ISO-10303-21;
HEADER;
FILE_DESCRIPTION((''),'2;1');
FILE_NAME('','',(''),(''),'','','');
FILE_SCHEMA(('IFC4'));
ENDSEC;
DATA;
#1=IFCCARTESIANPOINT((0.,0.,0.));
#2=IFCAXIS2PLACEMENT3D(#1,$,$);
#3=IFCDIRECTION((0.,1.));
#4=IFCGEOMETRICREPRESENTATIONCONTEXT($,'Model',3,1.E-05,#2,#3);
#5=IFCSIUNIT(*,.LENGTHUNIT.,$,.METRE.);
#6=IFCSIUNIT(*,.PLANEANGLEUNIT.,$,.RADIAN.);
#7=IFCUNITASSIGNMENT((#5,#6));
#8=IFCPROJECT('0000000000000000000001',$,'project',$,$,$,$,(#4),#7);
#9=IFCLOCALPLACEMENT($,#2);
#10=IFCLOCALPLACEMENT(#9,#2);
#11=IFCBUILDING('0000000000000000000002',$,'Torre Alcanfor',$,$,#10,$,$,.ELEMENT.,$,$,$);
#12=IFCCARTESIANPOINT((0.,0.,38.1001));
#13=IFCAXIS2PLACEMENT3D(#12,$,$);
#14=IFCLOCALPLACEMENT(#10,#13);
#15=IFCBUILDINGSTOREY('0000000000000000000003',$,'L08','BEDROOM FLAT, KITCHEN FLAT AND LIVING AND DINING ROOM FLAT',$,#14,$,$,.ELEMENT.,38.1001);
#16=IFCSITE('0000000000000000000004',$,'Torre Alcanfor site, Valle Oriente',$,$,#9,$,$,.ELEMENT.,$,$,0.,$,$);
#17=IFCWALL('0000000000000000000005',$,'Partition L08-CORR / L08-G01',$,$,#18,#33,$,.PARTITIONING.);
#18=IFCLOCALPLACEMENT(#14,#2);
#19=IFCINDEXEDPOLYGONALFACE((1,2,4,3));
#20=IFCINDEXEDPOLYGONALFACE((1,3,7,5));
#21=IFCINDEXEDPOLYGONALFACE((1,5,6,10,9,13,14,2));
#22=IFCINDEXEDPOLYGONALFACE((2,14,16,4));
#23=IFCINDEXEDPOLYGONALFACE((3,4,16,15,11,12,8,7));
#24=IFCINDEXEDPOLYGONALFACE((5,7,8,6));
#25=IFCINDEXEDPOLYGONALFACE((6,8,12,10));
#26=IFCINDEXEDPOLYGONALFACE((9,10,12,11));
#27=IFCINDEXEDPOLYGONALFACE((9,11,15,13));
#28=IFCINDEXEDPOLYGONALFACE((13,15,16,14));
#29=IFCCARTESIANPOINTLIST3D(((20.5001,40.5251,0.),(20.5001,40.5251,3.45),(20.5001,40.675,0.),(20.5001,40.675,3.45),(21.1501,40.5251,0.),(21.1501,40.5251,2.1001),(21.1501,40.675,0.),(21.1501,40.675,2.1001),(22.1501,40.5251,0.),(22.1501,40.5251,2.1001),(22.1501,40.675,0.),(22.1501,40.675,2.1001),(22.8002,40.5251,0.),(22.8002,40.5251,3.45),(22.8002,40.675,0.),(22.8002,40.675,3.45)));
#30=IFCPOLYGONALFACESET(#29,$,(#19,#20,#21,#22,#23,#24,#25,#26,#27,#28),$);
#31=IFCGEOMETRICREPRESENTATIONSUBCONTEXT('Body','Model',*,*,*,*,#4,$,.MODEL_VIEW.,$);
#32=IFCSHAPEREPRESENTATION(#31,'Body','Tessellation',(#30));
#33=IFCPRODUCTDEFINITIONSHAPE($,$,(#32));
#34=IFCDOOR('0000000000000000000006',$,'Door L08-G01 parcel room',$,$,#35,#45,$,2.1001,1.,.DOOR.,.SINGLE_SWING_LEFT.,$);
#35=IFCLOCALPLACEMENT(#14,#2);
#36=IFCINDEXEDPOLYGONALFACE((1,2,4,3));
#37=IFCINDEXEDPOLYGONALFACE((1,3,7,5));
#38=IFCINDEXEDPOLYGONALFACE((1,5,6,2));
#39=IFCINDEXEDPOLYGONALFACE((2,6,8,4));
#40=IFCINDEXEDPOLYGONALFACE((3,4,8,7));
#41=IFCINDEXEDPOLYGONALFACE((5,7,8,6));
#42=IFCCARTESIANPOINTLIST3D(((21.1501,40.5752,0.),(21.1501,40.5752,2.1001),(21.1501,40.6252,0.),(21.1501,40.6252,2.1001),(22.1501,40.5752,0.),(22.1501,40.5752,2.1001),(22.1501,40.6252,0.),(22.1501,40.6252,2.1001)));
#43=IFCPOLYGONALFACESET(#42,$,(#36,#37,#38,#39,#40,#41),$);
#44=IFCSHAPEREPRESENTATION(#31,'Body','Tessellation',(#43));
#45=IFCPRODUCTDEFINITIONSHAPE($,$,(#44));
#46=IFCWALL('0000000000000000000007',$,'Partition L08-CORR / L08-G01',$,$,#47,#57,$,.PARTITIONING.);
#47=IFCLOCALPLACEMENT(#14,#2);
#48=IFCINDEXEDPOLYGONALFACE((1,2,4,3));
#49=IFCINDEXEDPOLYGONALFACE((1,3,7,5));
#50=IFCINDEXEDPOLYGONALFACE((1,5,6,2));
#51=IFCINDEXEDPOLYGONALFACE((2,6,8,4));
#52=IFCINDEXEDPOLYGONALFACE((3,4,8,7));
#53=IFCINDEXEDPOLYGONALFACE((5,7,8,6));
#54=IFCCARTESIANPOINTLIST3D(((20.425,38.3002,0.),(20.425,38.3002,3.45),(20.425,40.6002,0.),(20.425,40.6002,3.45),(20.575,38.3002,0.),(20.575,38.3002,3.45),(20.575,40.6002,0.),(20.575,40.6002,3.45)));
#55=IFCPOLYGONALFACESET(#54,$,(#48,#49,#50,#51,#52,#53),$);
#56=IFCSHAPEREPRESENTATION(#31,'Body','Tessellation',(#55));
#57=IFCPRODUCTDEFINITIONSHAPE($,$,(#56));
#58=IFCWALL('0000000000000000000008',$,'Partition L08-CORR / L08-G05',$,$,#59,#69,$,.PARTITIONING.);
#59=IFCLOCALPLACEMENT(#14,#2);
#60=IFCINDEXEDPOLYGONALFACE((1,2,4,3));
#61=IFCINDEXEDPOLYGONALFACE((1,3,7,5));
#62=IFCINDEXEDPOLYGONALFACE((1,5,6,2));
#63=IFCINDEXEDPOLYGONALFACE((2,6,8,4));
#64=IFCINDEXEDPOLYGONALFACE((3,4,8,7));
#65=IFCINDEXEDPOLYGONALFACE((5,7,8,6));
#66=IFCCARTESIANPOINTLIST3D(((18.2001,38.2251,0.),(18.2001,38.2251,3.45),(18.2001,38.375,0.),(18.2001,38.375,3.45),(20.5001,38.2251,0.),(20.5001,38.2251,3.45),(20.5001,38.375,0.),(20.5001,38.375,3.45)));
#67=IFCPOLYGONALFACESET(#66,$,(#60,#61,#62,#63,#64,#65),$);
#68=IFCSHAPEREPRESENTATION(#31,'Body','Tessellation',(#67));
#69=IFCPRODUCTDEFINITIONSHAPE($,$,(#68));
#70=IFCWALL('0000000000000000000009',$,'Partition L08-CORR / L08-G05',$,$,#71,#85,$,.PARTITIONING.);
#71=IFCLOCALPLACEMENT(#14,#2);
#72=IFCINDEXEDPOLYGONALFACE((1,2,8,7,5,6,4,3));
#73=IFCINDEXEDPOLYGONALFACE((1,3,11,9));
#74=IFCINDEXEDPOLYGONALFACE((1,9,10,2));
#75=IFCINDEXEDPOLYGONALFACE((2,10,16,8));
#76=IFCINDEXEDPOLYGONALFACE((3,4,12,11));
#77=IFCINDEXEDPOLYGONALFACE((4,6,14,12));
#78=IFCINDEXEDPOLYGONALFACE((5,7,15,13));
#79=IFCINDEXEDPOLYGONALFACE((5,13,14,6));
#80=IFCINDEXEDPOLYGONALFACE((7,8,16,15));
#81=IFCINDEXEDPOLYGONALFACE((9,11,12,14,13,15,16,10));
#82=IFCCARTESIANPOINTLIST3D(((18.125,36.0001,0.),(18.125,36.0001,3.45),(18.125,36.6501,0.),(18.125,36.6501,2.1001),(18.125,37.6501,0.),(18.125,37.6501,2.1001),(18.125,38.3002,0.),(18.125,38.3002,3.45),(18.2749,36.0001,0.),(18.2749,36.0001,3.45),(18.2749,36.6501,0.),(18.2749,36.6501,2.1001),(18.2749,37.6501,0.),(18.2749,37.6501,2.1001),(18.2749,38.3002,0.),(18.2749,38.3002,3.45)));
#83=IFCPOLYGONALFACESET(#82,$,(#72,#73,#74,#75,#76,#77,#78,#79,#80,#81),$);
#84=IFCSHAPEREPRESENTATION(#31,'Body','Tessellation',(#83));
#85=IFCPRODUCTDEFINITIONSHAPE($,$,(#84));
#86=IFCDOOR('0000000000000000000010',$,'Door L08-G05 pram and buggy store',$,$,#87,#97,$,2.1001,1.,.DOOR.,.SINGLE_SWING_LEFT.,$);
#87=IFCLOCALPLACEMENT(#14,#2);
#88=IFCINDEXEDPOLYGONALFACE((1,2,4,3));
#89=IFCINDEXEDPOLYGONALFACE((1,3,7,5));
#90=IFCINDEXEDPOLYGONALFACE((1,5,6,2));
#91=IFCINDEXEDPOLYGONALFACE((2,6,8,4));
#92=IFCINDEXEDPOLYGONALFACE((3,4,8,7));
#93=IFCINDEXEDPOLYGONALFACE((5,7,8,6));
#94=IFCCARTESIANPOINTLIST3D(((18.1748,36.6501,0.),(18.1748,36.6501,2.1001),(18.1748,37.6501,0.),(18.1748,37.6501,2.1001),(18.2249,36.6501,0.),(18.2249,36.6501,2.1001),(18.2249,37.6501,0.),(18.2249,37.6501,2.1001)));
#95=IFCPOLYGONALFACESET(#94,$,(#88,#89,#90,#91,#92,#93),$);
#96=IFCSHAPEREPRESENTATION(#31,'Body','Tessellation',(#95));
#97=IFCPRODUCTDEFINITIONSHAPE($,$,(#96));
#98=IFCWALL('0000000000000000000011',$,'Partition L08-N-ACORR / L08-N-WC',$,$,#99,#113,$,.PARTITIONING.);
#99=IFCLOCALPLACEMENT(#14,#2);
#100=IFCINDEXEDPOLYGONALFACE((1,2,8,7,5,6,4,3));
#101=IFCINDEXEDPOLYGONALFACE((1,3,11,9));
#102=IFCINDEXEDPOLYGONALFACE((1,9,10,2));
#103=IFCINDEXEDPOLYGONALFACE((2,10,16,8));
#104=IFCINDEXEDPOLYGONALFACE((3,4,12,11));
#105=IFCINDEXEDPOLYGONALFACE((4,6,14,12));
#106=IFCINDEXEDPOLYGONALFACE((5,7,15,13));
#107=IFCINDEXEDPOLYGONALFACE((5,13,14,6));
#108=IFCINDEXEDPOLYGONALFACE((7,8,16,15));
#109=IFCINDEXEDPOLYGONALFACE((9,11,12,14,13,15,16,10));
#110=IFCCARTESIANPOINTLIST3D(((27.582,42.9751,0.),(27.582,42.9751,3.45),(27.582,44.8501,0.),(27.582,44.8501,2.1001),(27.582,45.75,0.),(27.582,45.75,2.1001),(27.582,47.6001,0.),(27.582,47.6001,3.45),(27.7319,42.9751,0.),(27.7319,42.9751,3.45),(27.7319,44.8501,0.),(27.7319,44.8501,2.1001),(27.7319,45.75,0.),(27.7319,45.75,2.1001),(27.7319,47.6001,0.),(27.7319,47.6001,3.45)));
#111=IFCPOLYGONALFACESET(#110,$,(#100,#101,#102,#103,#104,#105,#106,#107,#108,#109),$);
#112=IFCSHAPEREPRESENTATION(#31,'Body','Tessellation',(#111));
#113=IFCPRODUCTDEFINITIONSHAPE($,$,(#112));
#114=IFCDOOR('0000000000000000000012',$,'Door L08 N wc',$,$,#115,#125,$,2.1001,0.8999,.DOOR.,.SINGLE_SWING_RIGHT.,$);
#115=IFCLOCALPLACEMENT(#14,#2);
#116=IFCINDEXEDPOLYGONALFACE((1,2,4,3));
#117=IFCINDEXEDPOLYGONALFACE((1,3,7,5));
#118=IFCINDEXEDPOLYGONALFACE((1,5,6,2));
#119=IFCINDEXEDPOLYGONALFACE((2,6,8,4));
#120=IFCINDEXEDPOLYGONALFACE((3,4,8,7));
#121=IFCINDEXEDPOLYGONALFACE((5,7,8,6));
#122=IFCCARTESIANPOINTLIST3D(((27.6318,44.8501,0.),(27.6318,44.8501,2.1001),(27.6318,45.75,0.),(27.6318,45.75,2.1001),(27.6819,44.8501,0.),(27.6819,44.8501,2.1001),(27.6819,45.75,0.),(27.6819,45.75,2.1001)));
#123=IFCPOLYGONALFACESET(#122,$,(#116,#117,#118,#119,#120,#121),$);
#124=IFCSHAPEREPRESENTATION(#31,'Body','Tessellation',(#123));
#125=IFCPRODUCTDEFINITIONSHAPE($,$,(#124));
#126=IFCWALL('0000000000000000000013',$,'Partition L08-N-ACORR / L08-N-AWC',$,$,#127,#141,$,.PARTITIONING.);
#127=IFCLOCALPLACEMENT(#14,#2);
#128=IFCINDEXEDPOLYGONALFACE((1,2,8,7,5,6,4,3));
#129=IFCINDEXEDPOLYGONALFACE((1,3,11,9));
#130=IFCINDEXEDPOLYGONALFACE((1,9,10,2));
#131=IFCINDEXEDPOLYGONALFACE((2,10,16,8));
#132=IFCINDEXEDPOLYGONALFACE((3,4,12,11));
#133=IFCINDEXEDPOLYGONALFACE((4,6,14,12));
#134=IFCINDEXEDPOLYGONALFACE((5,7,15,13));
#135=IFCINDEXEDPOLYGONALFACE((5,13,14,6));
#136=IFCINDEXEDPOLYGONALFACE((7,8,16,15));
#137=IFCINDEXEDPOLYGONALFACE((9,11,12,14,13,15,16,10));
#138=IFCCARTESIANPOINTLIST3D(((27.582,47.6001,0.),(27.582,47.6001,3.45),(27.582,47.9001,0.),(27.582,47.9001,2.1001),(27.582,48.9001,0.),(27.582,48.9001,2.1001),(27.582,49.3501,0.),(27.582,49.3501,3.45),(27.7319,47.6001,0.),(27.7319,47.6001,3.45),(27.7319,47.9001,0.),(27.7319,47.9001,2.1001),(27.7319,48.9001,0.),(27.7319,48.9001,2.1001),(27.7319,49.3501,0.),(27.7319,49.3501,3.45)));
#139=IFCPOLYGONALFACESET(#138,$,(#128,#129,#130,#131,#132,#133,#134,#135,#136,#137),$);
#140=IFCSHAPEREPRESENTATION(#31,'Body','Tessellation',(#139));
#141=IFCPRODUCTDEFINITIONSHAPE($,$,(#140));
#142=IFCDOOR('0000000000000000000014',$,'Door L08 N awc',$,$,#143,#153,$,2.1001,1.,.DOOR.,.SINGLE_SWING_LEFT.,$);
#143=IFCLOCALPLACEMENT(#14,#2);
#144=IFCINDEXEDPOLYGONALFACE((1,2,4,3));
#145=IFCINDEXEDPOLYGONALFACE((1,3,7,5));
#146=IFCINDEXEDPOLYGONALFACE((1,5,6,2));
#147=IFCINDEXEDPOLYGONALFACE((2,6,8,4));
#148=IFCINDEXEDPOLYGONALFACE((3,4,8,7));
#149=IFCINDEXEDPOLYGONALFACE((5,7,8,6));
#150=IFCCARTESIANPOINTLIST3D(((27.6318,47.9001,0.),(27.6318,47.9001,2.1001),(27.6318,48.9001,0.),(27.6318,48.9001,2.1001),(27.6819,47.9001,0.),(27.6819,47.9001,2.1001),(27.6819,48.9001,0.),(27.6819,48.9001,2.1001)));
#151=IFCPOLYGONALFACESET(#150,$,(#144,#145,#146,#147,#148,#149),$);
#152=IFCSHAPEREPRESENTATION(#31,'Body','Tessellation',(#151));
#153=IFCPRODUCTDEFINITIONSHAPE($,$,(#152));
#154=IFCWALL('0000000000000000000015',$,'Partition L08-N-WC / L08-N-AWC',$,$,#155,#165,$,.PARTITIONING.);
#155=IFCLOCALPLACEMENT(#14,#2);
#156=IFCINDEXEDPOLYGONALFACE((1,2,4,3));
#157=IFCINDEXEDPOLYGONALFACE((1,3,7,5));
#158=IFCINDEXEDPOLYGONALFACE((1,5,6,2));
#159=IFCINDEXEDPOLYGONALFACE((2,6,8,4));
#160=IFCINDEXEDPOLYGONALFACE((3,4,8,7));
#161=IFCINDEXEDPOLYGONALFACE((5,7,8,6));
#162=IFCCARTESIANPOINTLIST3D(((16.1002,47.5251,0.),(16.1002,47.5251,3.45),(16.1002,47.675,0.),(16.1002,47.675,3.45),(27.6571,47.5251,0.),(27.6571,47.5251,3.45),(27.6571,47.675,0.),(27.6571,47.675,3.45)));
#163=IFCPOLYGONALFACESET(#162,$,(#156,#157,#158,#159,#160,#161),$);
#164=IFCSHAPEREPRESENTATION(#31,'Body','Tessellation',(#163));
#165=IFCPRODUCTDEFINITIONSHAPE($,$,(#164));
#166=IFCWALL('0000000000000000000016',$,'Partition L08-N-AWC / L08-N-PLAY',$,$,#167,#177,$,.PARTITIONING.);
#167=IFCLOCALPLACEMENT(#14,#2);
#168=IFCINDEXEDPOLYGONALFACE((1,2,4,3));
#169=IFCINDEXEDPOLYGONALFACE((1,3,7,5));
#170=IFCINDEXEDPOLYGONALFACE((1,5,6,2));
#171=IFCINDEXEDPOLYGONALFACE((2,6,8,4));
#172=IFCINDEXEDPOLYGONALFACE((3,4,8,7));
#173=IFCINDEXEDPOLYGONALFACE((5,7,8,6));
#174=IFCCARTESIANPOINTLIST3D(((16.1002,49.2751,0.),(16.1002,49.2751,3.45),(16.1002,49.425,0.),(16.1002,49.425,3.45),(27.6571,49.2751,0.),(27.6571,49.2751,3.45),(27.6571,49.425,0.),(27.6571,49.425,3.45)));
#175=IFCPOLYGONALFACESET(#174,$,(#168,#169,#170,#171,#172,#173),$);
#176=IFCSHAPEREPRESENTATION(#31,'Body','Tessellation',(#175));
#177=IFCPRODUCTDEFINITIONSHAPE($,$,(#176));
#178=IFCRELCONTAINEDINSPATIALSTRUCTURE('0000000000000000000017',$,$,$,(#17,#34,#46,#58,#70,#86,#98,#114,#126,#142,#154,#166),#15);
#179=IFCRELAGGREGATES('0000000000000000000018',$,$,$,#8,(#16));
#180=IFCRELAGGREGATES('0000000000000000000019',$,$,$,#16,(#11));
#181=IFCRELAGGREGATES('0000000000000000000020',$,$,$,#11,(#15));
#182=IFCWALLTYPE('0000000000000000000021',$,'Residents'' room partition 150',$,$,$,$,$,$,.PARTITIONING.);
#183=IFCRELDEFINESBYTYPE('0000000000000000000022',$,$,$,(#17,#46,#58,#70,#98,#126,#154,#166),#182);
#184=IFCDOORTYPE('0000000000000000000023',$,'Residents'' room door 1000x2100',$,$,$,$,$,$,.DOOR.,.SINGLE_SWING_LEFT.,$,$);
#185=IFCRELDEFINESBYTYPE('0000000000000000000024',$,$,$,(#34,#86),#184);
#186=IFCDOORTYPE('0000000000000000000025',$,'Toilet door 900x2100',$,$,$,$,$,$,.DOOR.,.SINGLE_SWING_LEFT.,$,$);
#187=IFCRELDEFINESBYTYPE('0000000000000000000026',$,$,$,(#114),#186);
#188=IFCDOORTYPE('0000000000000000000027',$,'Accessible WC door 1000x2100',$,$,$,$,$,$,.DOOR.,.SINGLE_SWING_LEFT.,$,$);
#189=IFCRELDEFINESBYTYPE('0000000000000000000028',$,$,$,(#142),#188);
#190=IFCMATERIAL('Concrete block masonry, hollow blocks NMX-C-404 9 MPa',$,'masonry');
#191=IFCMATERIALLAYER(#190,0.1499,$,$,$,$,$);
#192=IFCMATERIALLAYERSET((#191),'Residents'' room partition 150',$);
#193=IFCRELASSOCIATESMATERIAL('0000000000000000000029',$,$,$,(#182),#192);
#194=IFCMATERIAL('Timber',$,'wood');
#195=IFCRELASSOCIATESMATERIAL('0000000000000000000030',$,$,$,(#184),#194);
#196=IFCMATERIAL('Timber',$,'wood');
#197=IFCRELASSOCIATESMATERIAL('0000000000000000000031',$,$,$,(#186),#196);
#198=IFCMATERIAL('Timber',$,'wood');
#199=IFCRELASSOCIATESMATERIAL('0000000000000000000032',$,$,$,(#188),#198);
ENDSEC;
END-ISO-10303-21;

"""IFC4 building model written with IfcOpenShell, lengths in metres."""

from ifc_helpers import new_model, si_unit, direction, frame, frame_2d, origin, place, context, subcontext, project, spatial, rectangle, extrude, material, layer, layer_set, type_object, element, fill, save


model = new_model("IFC4")

# Units and contexts
model_context = context("Model", 3, precision=1e-05, world=origin(), true_north=direction((0.0, 1.0)))
body_context = subcontext(model_context, "Body", "Model", "MODEL_VIEW")
ifc_project = project(units=[si_unit("LENGTHUNIT", "METRE"), si_unit("PLANEANGLEUNIT", "RADIAN")], contexts=[model_context])

# Site, building, storey
site_placement = place(None, origin())
site = spatial("IfcSite", under=ifc_project, at=site_placement, Name="Torre Alcanfor site, Valle Oriente", CompositionType="ELEMENT", RefElevation=0.0)
building_placement = place(site_placement, origin())
building = spatial("IfcBuilding", under=site, at=building_placement, Name="Torre Alcanfor", CompositionType="ELEMENT")
storey_placement = place(building_placement, frame((0.0, 0.0, 38.1001)))
storey = spatial("IfcBuildingStorey", under=building, at=storey_placement, Name="L08", Description="BEDROOM FLAT, KITCHEN FLAT AND LIVING AND DINING ROOM FLAT", CompositionType="ELEMENT", Elevation=38.1001)

# Shared definitions
ifc_material_1 = material(Name="Concrete block masonry, hollow blocks NMX-C-404 9 MPa", Category="masonry")
ifc_layer = layer(ifc_material_1, 0.1499)
ifc_layer_set = layer_set([ifc_layer], Name="Residents' room partition 150")
wall_type = type_object("IfcWallType", Name="Residents' room partition 150", PredefinedType="PARTITIONING", material=ifc_layer_set)

# Wall, opening, door
wall_1_placement = place(storey_placement, frame((22.8, 40.6001, 0.0), z_axis=(0.0, 0.0, 1.0), x_axis=(-1.0, 0.0, 0.0)))
wall_1 = element("IfcWall", 1, at=wall_1_placement, inside=storey, type_object=wall_type, Name="Partition L08-CORR / L08-G01", PredefinedType="PARTITIONING", context=body_context, shape_type="SweptSolid", body=[
    extrude(rectangle(XDim=2.3, YDim=0.1499, at=frame_2d((1.1499, 0.0))), origin(), (0.0, 0.0, 1.0), 3.45),
])
opening_1_placement = place(wall_1_placement, frame((0.6499, 0.0, 0.0)))
opening_1 = element("IfcOpeningElement", 2, at=opening_1_placement, cuts=wall_1, PredefinedType="OPENING", context=body_context, shape_type="SweptSolid", body=[
    extrude(rectangle(XDim=1.0, YDim=2.1001, at=frame_2d((0.5, 1.05))), frame((0.0, 0.085, 0.0), z_axis=(0.0, -1.0, 0.0), x_axis=(1.0, 0.0, 0.0)), (0.0, 0.0, 1.0), 0.1699),
])
ifc_material_2 = material(Name="Timber", Category="wood")
door_type_1 = type_object("IfcDoorType", Name="Residents' room door 1000x2100", OperationType="SINGLE_SWING_LEFT", PredefinedType="DOOR", material=ifc_material_2)
door_1_placement = place(opening_1_placement, origin())
door_1 = element("IfcDoor", 3, at=door_1_placement, inside=storey, type_object=door_type_1, Name="Door L08-G01 parcel room", OperationType="SINGLE_SWING_LEFT", OverallHeight=2.1001, OverallWidth=1.0, PredefinedType="DOOR", context=body_context, shape_type="SweptSolid", body=[
    extrude(rectangle(XDim=1.0, YDim=2.1001, at=frame_2d((0.5, 1.05))), frame((0.0, 0.0249, 0.0), z_axis=(0.0, -1.0, 0.0), x_axis=(1.0, 0.0, 0.0)), (0.0, 0.0, 1.0), 0.05),
])
fill(opening_1, door_1)

# Walls
for number, where, z_axis, x_axis, name in (
    (4, (20.5, 40.6001, 0.0), (0.0, 0.0, 1.0), (0.0, -1.0, 0.0), "Partition L08-CORR / L08-G01"),
    (5, (20.5, 38.3, 0.0), (0.0, 0.0, 1.0), (-1.0, 0.0, 0.0), "Partition L08-CORR / L08-G05"),
):
    element("IfcWall", number, at=place(storey_placement, frame(where, z_axis=z_axis, x_axis=x_axis)), inside=storey, type_object=wall_type, Name=name, PredefinedType="PARTITIONING", context=body_context, shape_type="SweptSolid", body=[
        extrude(rectangle(XDim=2.3, YDim=0.1499, at=frame_2d((1.1499, 0.0))), origin(), (0.0, 0.0, 1.0), 3.45),
    ])

# Walls, openings, doors
wall_2_placement = place(storey_placement, frame((18.2, 38.3, 0.0), z_axis=(0.0, 0.0, 1.0), x_axis=(0.0, -1.0, 0.0)))
wall_2 = element("IfcWall", 6, at=wall_2_placement, inside=storey, type_object=wall_type, Name="Partition L08-CORR / L08-G05", PredefinedType="PARTITIONING", context=body_context, shape_type="SweptSolid", body=[
    extrude(rectangle(XDim=2.3, YDim=0.1499, at=frame_2d((1.1499, 0.0))), origin(), (0.0, 0.0, 1.0), 3.45),
])
opening_2_placement = place(wall_2_placement, frame((0.6499, 0.0, 0.0)))
opening_2 = element("IfcOpeningElement", 7, at=opening_2_placement, cuts=wall_2, PredefinedType="OPENING", context=body_context, shape_type="SweptSolid", body=[
    extrude(rectangle(XDim=1.0, YDim=2.1001, at=frame_2d((0.5, 1.05))), frame((0.0, 0.085, 0.0), z_axis=(0.0, -1.0, 0.0), x_axis=(1.0, 0.0, 0.0)), (0.0, 0.0, 1.0), 0.1699),
])
door_2_placement = place(opening_2_placement, origin())
door_2 = element("IfcDoor", 8, at=door_2_placement, inside=storey, type_object=door_type_1, Name="Door L08-G05 pram and buggy store", OperationType="SINGLE_SWING_LEFT", OverallHeight=2.1001, OverallWidth=1.0, PredefinedType="DOOR", context=body_context, shape_type="SweptSolid", body=[
    extrude(rectangle(XDim=1.0, YDim=2.1001, at=frame_2d((0.5, 1.05))), frame((0.0, 0.0249, 0.0), z_axis=(0.0, -1.0, 0.0), x_axis=(1.0, 0.0, 0.0)), (0.0, 0.0, 1.0), 0.05),
])
fill(opening_2, door_2)
wall_3_placement = place(storey_placement, frame((27.657, 47.6001, 0.0), z_axis=(0.0, 0.0, 1.0), x_axis=(0.0, -1.0, 0.0)))
wall_3 = element("IfcWall", 9, at=wall_3_placement, inside=storey, type_object=wall_type, Name="Partition L08-N-ACORR / L08-N-WC", PredefinedType="PARTITIONING", context=body_context, shape_type="SweptSolid", body=[
    extrude(rectangle(XDim=4.625, YDim=0.1499, at=frame_2d((2.3125, 0.0))), origin(), (0.0, 0.0, 1.0), 3.45),
])
opening_3_placement = place(wall_3_placement, frame((1.8501, 0.0, 0.0)))
opening_3 = element("IfcOpeningElement", 10, at=opening_3_placement, cuts=wall_3, PredefinedType="OPENING", context=body_context, shape_type="SweptSolid", body=[
    extrude(rectangle(XDim=0.8999, YDim=2.1001, at=frame_2d((0.45, 1.05))), frame((0.0, 0.085, 0.0), z_axis=(0.0, -1.0, 0.0), x_axis=(1.0, 0.0, 0.0)), (0.0, 0.0, 1.0), 0.1699),
])
ifc_material_3 = material(Name="Timber", Category="wood")
door_type_2 = type_object("IfcDoorType", Name="Toilet door 900x2100", OperationType="SINGLE_SWING_LEFT", PredefinedType="DOOR", material=ifc_material_3)
door_3_placement = place(opening_3_placement, frame((0.8999, 0.0, 0.0), z_axis=(0.0, 0.0, 1.0), x_axis=(-1.0, 0.0, 0.0)))
door_3 = element("IfcDoor", 11, at=door_3_placement, inside=storey, type_object=door_type_2, Name="Door L08 N wc", OperationType="SINGLE_SWING_RIGHT", OverallHeight=2.1001, OverallWidth=0.8999, PredefinedType="DOOR", context=body_context, shape_type="SweptSolid", body=[
    extrude(rectangle(XDim=0.8999, YDim=2.1001, at=frame_2d((0.45, 1.05))), frame((0.0, 0.0251, 0.0), z_axis=(0.0, -1.0, 0.0), x_axis=(1.0, 0.0, 0.0)), (0.0, 0.0, 1.0), 0.05),
])
fill(opening_3, door_3)
wall_4_placement = place(storey_placement, frame((27.657, 49.3501, 0.0), z_axis=(0.0, 0.0, 1.0), x_axis=(0.0, -1.0, 0.0)))
wall_4 = element("IfcWall", 12, at=wall_4_placement, inside=storey, type_object=wall_type, Name="Partition L08-N-ACORR / L08-N-AWC", PredefinedType="PARTITIONING", context=body_context, shape_type="SweptSolid", body=[
    extrude(rectangle(XDim=1.75, YDim=0.1499, at=frame_2d((0.875, 0.0))), origin(), (0.0, 0.0, 1.0), 3.45),
])
opening_4_placement = place(wall_4_placement, frame((0.45, 0.0, 0.0)))
opening_4 = element("IfcOpeningElement", 13, at=opening_4_placement, cuts=wall_4, PredefinedType="OPENING", context=body_context, shape_type="SweptSolid", body=[
    extrude(rectangle(XDim=1.0, YDim=2.1001, at=frame_2d((0.5, 1.05))), frame((0.0, 0.085, 0.0), z_axis=(0.0, -1.0, 0.0), x_axis=(1.0, 0.0, 0.0)), (0.0, 0.0, 1.0), 0.1699),
])
ifc_material_4 = material(Name="Timber", Category="wood")
door_type_3 = type_object("IfcDoorType", Name="Accessible WC door 1000x2100", OperationType="SINGLE_SWING_LEFT", PredefinedType="DOOR", material=ifc_material_4)
door_4_placement = place(opening_4_placement, origin())
door_4 = element("IfcDoor", 14, at=door_4_placement, inside=storey, type_object=door_type_3, Name="Door L08 N awc", OperationType="SINGLE_SWING_LEFT", OverallHeight=2.1001, OverallWidth=1.0, PredefinedType="DOOR", context=body_context, shape_type="SweptSolid", body=[
    extrude(rectangle(XDim=1.0, YDim=2.1001, at=frame_2d((0.5, 1.05))), frame((0.0, 0.0249, 0.0), z_axis=(0.0, -1.0, 0.0), x_axis=(1.0, 0.0, 0.0)), (0.0, 0.0, 1.0), 0.05),
])
fill(opening_4, door_4)

# Walls
for number, where, z_axis, x_axis, name in (
    (15, (27.657, 47.6001, 0.0), (0.0, 0.0, 1.0), (-1.0, 0.0, 0.0), "Partition L08-N-WC / L08-N-AWC"),
    (16, (27.657, 49.3501, 0.0), (0.0, 0.0, 1.0), (-1.0, 0.0, 0.0), "Partition L08-N-AWC / L08-N-PLAY"),
):
    element("IfcWall", number, at=place(storey_placement, frame(where, z_axis=z_axis, x_axis=x_axis)), inside=storey, type_object=wall_type, Name=name, PredefinedType="PARTITIONING", context=body_context, shape_type="SweptSolid", body=[
        extrude(rectangle(XDim=11.5569, YDim=0.1499, at=frame_2d((5.7783, 0.0))), origin(), (0.0, 0.0, 1.0), 3.45),
    ])

save(model, "model.ifc")
